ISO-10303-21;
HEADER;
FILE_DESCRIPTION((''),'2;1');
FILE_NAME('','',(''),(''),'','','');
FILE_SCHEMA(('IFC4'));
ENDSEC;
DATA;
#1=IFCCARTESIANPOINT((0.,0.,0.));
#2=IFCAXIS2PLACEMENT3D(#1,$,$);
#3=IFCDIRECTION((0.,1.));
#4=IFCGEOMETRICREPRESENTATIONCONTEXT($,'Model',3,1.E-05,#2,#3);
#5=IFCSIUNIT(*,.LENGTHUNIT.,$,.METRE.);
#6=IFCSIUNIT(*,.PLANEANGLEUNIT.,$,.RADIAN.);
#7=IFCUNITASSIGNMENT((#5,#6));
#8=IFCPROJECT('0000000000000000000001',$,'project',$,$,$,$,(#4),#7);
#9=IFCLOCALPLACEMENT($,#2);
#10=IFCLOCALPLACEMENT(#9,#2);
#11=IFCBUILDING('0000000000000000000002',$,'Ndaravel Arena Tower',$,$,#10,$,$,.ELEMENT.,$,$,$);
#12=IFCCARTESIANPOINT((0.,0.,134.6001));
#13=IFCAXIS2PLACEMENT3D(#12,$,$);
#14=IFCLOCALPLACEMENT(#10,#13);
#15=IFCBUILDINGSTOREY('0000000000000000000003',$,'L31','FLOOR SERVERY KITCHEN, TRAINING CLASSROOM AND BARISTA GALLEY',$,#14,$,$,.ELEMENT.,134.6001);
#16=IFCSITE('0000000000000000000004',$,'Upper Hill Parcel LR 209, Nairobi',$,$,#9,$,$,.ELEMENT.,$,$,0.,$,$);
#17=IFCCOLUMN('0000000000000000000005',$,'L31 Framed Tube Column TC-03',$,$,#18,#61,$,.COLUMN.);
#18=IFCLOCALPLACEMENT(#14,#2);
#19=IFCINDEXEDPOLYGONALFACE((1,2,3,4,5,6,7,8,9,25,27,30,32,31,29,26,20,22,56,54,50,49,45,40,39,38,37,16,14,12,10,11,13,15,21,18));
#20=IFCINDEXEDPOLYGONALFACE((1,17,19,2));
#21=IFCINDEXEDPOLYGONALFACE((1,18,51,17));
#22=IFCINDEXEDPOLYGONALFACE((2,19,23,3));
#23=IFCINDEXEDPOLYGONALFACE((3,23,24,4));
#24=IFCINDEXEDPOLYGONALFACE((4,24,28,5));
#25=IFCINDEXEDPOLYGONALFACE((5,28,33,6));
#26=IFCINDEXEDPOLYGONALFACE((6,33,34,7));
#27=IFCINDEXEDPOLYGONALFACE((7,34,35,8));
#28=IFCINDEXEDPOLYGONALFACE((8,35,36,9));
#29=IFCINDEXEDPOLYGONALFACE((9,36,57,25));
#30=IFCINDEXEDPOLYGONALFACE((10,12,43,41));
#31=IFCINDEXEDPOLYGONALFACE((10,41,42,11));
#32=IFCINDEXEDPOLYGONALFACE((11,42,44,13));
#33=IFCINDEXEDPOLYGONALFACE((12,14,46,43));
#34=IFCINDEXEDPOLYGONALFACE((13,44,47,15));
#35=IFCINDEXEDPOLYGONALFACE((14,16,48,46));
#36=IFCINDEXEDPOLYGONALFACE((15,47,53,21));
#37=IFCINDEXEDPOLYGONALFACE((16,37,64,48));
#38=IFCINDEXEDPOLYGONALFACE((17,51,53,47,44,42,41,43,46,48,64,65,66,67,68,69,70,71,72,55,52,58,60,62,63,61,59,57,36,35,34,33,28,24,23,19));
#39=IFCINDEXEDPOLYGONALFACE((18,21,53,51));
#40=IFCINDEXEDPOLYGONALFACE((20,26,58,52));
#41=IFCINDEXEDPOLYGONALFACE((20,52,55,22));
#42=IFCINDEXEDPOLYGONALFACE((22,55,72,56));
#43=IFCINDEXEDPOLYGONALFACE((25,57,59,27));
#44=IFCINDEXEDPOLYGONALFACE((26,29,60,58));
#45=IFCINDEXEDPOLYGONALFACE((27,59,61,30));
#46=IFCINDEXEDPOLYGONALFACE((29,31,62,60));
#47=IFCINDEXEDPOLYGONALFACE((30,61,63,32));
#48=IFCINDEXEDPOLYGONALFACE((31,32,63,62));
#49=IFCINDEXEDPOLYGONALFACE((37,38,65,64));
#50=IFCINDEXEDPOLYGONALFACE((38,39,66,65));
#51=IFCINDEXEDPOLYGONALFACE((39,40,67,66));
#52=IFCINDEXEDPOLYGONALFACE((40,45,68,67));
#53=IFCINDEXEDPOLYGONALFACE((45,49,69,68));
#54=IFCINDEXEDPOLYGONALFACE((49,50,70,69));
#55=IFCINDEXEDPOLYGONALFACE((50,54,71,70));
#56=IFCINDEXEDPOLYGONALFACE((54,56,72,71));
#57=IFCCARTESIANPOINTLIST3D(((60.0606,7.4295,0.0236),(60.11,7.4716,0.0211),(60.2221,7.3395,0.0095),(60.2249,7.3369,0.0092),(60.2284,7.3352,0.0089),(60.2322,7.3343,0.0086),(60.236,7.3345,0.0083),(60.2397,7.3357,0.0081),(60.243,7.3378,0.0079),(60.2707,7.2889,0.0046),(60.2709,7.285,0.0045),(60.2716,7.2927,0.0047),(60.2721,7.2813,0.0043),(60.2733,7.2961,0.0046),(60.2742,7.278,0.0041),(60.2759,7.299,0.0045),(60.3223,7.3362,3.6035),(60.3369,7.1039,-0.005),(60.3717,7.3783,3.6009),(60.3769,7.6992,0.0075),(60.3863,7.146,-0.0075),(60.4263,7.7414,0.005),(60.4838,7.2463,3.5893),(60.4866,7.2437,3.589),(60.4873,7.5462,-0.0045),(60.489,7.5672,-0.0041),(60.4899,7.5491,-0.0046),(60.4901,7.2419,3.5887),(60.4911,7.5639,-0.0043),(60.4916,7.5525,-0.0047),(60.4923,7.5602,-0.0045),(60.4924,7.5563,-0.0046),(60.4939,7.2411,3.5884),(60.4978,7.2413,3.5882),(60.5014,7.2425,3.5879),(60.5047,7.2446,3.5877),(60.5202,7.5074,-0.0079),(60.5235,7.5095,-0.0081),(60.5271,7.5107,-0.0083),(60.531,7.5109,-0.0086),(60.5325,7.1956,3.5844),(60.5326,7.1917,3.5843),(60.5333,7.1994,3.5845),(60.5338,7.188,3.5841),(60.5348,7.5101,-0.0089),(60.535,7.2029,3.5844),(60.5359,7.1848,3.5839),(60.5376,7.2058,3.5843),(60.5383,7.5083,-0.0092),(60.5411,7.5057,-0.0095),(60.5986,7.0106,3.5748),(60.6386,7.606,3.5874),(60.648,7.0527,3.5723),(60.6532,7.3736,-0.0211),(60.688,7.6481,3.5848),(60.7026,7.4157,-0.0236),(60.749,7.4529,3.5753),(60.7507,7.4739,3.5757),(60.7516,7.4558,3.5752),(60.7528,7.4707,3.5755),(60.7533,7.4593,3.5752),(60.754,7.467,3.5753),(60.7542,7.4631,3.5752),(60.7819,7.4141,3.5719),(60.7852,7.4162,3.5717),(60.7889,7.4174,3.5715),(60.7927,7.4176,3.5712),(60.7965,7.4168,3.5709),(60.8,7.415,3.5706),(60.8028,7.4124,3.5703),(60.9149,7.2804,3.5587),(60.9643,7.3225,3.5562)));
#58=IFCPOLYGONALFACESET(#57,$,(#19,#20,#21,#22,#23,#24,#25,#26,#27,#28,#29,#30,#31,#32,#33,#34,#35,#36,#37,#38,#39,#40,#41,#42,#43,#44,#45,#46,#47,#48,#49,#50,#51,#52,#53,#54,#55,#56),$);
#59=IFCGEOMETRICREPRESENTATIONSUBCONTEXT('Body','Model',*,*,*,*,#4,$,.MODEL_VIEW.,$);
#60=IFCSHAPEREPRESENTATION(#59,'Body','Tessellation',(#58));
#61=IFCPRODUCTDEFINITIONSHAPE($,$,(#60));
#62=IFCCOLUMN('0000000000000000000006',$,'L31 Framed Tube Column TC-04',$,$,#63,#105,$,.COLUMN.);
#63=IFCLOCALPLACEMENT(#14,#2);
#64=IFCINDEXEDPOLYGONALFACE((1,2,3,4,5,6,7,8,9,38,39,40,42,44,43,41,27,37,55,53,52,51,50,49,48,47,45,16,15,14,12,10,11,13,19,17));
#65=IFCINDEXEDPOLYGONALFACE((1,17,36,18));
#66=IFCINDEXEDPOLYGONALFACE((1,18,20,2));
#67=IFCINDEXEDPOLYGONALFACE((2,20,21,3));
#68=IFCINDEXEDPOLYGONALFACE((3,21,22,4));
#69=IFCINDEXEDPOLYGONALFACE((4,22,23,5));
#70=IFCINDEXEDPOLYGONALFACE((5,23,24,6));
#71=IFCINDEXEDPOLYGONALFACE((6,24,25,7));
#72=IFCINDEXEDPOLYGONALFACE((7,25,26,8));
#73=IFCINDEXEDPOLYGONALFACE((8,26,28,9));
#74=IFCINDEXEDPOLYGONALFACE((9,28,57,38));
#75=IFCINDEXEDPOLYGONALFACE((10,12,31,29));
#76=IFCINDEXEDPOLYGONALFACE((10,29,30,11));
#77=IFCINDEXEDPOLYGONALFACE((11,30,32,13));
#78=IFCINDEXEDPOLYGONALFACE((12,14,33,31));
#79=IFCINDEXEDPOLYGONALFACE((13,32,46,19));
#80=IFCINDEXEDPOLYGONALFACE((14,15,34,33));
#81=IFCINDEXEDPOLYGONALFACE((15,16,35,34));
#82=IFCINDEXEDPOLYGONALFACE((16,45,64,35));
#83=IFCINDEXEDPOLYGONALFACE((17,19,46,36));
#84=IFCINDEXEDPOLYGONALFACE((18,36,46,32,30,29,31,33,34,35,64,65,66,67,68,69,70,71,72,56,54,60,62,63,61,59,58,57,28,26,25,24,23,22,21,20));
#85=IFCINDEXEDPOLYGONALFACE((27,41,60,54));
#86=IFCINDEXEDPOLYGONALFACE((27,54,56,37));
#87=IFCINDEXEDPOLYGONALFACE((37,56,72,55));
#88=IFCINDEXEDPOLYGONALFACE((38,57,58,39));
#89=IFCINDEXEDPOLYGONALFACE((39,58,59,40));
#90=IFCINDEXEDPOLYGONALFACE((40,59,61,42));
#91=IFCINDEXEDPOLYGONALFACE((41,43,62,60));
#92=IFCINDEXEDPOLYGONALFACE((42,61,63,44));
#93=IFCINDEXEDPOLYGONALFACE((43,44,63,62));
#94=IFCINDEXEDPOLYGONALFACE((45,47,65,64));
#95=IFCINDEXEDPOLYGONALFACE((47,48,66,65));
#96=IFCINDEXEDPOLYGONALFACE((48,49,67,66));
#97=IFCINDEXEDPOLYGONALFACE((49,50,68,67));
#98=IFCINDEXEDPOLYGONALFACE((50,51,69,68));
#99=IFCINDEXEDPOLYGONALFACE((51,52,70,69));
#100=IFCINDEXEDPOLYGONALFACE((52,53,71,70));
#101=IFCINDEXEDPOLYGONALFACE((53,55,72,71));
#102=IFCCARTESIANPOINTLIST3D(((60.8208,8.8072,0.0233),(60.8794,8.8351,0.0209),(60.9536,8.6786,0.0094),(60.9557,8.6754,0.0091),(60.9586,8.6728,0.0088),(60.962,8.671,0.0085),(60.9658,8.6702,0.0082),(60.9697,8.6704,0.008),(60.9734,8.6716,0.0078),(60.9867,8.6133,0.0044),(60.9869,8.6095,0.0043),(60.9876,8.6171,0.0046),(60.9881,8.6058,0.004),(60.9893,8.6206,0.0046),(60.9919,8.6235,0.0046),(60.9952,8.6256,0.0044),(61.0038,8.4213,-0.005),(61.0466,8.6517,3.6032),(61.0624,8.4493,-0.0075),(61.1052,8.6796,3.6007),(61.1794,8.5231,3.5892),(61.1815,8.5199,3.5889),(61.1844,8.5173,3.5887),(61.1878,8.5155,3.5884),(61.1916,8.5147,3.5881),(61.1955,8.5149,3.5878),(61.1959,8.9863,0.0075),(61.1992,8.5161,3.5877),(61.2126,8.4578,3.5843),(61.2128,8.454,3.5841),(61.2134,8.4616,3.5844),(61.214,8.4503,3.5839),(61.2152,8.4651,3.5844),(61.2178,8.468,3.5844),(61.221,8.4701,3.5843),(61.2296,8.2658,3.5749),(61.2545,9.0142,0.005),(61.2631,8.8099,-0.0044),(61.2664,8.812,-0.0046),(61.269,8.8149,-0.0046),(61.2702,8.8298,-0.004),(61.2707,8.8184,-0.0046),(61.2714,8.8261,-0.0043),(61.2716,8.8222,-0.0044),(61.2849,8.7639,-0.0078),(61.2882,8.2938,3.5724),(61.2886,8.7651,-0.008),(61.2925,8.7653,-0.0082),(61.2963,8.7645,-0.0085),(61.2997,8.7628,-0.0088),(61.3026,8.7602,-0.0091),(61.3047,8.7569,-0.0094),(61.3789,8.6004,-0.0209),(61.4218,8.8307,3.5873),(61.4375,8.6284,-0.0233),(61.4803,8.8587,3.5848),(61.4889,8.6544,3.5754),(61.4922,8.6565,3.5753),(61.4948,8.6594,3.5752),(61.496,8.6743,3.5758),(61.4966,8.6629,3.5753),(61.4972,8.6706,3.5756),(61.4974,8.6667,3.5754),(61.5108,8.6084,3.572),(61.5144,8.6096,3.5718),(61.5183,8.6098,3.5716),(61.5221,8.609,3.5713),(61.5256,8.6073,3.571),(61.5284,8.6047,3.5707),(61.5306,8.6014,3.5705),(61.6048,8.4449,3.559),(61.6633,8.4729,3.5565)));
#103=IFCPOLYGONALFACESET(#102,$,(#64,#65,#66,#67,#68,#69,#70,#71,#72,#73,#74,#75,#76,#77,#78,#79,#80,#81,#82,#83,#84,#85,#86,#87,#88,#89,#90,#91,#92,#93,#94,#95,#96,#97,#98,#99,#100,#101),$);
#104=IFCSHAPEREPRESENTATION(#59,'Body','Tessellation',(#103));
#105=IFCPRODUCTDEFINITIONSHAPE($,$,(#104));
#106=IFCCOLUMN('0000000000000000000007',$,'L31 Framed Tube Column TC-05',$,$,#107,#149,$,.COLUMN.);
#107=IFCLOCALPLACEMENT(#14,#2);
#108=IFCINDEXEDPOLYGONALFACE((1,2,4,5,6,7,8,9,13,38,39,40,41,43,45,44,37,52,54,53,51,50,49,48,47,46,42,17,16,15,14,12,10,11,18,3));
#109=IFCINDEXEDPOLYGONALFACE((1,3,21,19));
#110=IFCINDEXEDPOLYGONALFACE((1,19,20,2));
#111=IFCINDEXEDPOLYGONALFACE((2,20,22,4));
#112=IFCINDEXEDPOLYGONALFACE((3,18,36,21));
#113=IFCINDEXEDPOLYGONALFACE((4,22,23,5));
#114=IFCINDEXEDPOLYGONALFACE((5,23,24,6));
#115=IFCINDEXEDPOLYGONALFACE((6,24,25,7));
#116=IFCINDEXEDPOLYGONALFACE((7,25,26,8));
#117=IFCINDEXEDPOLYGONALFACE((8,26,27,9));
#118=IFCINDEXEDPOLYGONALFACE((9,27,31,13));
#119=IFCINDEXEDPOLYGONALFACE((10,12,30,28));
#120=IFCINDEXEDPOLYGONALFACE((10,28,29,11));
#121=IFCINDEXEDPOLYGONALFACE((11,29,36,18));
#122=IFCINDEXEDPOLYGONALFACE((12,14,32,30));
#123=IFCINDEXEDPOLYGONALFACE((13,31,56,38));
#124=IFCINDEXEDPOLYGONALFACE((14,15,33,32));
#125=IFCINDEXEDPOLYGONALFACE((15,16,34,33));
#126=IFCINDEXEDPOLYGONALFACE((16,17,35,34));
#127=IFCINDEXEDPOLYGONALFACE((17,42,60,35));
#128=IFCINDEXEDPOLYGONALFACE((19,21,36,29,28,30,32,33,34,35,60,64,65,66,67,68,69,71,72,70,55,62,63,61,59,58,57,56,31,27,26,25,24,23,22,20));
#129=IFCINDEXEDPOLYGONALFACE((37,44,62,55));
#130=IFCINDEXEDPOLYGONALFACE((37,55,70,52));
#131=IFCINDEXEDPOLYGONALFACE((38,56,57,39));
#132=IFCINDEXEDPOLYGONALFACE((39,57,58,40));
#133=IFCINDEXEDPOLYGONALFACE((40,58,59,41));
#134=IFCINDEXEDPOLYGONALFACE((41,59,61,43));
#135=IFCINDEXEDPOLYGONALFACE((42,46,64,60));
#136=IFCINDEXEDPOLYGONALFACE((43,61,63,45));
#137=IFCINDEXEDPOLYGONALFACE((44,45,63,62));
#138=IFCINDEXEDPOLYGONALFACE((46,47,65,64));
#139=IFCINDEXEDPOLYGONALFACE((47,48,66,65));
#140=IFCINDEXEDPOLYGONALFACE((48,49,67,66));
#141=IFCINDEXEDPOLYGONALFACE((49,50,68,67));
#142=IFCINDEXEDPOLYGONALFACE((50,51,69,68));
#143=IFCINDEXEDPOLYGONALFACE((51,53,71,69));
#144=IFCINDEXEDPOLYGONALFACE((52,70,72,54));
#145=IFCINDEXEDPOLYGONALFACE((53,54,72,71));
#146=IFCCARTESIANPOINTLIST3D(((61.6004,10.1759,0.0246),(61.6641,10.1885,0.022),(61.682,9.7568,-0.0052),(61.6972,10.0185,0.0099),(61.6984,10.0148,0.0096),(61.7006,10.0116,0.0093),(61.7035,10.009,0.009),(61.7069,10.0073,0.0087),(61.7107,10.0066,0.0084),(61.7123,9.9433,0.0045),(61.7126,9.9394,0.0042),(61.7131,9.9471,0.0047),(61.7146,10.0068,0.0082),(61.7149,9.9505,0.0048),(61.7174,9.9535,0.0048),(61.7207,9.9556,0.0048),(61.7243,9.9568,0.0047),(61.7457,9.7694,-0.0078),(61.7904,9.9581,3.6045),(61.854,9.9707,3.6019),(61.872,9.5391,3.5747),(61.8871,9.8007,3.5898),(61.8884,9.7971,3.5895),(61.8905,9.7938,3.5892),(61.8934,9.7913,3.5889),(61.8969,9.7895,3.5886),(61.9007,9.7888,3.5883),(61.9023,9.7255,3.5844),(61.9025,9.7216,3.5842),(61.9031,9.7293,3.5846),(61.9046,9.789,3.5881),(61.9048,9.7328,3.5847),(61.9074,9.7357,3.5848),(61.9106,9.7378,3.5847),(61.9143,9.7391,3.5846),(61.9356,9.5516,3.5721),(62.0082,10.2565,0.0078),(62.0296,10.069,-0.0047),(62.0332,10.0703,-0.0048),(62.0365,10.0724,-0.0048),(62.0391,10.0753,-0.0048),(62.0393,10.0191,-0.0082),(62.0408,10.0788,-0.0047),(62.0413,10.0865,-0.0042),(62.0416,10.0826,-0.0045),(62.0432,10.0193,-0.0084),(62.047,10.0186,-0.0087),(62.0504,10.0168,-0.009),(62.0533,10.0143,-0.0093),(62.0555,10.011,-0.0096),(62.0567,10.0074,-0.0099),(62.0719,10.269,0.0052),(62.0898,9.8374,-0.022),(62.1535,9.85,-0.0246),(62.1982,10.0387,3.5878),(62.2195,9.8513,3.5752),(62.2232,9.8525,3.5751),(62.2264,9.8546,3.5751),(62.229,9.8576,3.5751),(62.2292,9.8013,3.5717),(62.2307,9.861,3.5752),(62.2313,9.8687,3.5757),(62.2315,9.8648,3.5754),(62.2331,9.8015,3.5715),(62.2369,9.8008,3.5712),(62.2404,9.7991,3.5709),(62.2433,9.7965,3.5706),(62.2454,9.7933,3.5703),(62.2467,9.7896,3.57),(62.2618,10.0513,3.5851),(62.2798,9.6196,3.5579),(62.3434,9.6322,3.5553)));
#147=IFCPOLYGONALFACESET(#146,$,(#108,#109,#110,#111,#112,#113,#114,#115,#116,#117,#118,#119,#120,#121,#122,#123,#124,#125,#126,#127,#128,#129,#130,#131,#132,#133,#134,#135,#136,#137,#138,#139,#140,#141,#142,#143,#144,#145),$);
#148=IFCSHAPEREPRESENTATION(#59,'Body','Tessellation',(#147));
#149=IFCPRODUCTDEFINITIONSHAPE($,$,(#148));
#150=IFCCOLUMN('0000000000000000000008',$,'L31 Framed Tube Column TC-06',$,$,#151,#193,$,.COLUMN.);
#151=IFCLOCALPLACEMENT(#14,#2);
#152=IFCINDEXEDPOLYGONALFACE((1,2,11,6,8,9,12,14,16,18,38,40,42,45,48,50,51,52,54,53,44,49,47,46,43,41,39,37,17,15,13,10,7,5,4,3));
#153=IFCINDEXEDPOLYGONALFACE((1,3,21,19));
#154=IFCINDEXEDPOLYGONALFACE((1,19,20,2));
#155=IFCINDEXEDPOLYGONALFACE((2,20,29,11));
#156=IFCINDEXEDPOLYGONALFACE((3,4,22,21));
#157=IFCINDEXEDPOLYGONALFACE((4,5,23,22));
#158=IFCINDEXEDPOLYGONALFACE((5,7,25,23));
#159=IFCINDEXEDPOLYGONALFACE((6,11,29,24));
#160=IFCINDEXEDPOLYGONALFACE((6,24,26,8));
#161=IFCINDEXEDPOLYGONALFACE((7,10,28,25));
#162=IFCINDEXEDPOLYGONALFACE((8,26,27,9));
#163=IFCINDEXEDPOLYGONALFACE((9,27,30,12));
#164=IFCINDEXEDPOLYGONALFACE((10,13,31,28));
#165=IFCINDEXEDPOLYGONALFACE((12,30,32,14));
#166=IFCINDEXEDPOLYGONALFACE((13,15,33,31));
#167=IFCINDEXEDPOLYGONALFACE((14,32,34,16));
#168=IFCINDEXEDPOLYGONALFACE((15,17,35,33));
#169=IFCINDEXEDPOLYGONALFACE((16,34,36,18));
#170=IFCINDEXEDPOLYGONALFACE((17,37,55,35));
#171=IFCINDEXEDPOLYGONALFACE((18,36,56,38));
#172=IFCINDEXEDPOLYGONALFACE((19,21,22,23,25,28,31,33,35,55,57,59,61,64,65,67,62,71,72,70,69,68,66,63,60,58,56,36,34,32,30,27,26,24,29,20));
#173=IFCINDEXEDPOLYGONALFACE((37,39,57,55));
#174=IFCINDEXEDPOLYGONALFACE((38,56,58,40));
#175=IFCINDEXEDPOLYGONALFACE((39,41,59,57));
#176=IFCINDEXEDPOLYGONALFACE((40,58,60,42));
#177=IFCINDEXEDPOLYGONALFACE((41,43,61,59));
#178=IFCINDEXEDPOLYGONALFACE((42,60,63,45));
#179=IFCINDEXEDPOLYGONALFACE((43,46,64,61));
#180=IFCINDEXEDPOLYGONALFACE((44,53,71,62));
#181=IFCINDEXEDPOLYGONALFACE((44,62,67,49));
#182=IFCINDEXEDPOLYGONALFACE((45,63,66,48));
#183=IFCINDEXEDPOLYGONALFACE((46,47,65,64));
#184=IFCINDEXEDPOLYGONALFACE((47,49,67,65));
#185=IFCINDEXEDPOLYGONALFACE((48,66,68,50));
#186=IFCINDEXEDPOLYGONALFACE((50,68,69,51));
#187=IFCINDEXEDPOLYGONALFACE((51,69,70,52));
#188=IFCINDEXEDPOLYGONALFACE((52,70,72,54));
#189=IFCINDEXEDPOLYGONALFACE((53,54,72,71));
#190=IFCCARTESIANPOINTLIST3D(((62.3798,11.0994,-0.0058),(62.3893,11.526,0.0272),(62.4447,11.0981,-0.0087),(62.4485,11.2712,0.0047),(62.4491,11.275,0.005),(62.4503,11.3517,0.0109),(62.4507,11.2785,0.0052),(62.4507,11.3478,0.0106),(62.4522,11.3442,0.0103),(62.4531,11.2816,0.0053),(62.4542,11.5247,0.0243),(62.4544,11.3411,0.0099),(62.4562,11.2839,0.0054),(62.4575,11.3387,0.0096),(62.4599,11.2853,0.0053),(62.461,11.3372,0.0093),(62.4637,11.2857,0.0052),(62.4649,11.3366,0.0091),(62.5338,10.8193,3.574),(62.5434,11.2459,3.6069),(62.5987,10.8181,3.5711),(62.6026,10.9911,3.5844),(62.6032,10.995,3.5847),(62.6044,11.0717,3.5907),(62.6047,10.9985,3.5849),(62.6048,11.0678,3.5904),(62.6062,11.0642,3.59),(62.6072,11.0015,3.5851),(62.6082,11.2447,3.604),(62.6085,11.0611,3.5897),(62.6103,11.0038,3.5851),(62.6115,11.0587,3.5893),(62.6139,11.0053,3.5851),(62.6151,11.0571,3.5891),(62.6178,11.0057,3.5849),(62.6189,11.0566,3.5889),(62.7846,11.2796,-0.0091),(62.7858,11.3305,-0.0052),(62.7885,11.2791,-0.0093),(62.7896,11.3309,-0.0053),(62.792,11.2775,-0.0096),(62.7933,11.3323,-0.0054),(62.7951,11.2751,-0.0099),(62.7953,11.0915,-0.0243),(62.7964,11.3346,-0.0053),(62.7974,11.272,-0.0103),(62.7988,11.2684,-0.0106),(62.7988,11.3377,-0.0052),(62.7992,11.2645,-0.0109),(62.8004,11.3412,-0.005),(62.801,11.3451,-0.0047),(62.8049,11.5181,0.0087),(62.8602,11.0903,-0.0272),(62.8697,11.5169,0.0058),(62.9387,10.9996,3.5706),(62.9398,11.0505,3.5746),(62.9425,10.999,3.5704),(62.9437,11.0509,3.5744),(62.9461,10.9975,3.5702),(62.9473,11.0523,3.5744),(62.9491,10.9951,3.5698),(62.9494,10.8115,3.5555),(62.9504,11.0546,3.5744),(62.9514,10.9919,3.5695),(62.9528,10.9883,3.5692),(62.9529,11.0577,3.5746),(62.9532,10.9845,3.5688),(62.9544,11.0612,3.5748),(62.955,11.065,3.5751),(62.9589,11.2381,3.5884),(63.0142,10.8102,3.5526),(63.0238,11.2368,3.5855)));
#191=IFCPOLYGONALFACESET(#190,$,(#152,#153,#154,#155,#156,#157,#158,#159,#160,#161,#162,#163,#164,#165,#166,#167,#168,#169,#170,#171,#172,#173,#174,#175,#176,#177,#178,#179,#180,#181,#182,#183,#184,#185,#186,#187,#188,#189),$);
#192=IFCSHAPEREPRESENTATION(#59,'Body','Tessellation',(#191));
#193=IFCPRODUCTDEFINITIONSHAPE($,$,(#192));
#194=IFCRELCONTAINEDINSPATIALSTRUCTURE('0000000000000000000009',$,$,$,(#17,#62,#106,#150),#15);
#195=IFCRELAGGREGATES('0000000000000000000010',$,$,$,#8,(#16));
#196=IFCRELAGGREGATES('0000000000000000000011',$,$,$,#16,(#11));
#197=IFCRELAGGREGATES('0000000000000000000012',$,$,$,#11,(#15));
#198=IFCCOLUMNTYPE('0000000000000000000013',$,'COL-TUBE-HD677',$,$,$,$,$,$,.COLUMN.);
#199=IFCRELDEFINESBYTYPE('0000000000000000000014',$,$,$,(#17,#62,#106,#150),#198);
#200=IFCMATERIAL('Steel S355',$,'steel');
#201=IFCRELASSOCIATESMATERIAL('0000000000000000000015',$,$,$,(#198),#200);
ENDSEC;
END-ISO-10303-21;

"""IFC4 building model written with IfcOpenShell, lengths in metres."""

from ifc_helpers import new_model, si_unit, direction, frame, origin, origin_2d, place, context, subcontext, project, spatial, i_section, extrude, material, material_profile, profile_set, type_object, element, save


model = new_model("IFC4")

# Units and contexts
model_context = context("Model", 3, precision=1e-05, world=origin(), true_north=direction((0.0, 1.0)))
body_context = subcontext(model_context, "Body", "Model", "MODEL_VIEW")
ifc_project = project(units=[si_unit("LENGTHUNIT", "METRE"), si_unit("PLANEANGLEUNIT", "RADIAN")], contexts=[model_context])

# Site, building, storey
site_placement = place(None, origin())
site = spatial("IfcSite", under=ifc_project, at=site_placement, Name="Upper Hill Parcel LR 209, Nairobi", CompositionType="ELEMENT", RefElevation=0.0)
building_placement = place(site_placement, origin())
building = spatial("IfcBuilding", under=site, at=building_placement, Name="Ndaravel Arena Tower", CompositionType="ELEMENT")
storey_placement = place(building_placement, frame((0.0, 0.0, 134.6001)))
storey = spatial("IfcBuildingStorey", under=building, at=storey_placement, Name="L31", Description="FLOOR SERVERY KITCHEN, TRAINING CLASSROOM AND BARISTA GALLEY", CompositionType="ELEMENT", Elevation=134.6001)

# Columns
ifc_material_1 = material(Name="Steel S355", Category="steel")
ifc_material_profile_1 = material_profile(ifc_material_1, i_section(OverallWidth=0.428, OverallDepth=0.481, WebThickness=0.051, FlangeThickness=0.0649, FilletRadius=0.0149, at=origin_2d()), Name="HD 400x677")
ifc_profile_set_1 = profile_set([ifc_material_profile_1], Name="Steel S355")
column_type = type_object("IfcColumnType", Name="COL-TUBE-HD677", PredefinedType="COLUMN", material=ifc_profile_set_1)
column_1_placement = place(storey_placement, frame((60.3816, 7.4226, 0.0), z_axis=(0.07289, -0.025974, 0.997002), x_axis=(-0.645499, 0.760816, 0.067013)))
element("IfcColumn", 1, at=column_1_placement, inside=storey, type_object=column_type, Name="L31 Framed Tube Column TC-03", PredefinedType="COLUMN", context=body_context, shape_type="SweptSolid", body=[
    extrude(i_section(OverallWidth=0.428, OverallDepth=0.481, WebThickness=0.051, FlangeThickness=0.0649, FilletRadius=0.0149, at=origin_2d()), origin(), (0.0, 0.0, 1.0), 3.5906),
])
column_2_placement = place(storey_placement, frame((61.1292, 8.7178, 0.0), z_axis=(0.0629, -0.043316, 0.997079), x_axis=(-0.42759, 0.90155, 0.06614)))
element("IfcColumn", 2, at=column_2_placement, inside=storey, type_object=column_type, Name="L31 Framed Tube Column TC-04", PredefinedType="COLUMN", context=body_context, shape_type="SweptSolid", body=[
    extrude(i_section(OverallWidth=0.428, OverallDepth=0.481, WebThickness=0.051, FlangeThickness=0.0649, FilletRadius=0.0149, at=origin_2d()), origin(), (0.0, 0.0, 1.0), 3.5903),
])
column_3_placement = place(storey_placement, frame((61.877, 10.0129, 0.0), z_axis=(0.052887, -0.060636, 0.996758), x_axis=(-0.190588, 0.979194, 0.06968)))
element("IfcColumn", 3, at=column_3_placement, inside=storey, type_object=column_type, Name="L31 Framed Tube Column TC-05", PredefinedType="COLUMN", context=body_context, shape_type="SweptSolid", body=[
    extrude(i_section(OverallWidth=0.428, OverallDepth=0.481, WebThickness=0.051, FlangeThickness=0.0649, FilletRadius=0.0149, at=origin_2d()), origin(), (0.0, 0.0, 1.0), 3.5916),
])
column_4_placement = place(storey_placement, frame((62.6248, 11.3081, 0.0), z_axis=(0.042863, -0.077914, 0.996038), x_axis=(0.022307, 0.996781, 0.077012)))
element("IfcColumn", 4, at=column_4_placement, inside=storey, type_object=column_type, Name="L31 Framed Tube Column TC-06", PredefinedType="COLUMN", context=body_context, shape_type="SweptSolid", body=[
    extrude(i_section(OverallWidth=0.428, OverallDepth=0.481, WebThickness=0.051, FlangeThickness=0.0649, FilletRadius=0.0149, at=origin_2d()), origin(), (0.0, 0.0, 1.0), 3.594),
])

save(model, "model.ifc")
